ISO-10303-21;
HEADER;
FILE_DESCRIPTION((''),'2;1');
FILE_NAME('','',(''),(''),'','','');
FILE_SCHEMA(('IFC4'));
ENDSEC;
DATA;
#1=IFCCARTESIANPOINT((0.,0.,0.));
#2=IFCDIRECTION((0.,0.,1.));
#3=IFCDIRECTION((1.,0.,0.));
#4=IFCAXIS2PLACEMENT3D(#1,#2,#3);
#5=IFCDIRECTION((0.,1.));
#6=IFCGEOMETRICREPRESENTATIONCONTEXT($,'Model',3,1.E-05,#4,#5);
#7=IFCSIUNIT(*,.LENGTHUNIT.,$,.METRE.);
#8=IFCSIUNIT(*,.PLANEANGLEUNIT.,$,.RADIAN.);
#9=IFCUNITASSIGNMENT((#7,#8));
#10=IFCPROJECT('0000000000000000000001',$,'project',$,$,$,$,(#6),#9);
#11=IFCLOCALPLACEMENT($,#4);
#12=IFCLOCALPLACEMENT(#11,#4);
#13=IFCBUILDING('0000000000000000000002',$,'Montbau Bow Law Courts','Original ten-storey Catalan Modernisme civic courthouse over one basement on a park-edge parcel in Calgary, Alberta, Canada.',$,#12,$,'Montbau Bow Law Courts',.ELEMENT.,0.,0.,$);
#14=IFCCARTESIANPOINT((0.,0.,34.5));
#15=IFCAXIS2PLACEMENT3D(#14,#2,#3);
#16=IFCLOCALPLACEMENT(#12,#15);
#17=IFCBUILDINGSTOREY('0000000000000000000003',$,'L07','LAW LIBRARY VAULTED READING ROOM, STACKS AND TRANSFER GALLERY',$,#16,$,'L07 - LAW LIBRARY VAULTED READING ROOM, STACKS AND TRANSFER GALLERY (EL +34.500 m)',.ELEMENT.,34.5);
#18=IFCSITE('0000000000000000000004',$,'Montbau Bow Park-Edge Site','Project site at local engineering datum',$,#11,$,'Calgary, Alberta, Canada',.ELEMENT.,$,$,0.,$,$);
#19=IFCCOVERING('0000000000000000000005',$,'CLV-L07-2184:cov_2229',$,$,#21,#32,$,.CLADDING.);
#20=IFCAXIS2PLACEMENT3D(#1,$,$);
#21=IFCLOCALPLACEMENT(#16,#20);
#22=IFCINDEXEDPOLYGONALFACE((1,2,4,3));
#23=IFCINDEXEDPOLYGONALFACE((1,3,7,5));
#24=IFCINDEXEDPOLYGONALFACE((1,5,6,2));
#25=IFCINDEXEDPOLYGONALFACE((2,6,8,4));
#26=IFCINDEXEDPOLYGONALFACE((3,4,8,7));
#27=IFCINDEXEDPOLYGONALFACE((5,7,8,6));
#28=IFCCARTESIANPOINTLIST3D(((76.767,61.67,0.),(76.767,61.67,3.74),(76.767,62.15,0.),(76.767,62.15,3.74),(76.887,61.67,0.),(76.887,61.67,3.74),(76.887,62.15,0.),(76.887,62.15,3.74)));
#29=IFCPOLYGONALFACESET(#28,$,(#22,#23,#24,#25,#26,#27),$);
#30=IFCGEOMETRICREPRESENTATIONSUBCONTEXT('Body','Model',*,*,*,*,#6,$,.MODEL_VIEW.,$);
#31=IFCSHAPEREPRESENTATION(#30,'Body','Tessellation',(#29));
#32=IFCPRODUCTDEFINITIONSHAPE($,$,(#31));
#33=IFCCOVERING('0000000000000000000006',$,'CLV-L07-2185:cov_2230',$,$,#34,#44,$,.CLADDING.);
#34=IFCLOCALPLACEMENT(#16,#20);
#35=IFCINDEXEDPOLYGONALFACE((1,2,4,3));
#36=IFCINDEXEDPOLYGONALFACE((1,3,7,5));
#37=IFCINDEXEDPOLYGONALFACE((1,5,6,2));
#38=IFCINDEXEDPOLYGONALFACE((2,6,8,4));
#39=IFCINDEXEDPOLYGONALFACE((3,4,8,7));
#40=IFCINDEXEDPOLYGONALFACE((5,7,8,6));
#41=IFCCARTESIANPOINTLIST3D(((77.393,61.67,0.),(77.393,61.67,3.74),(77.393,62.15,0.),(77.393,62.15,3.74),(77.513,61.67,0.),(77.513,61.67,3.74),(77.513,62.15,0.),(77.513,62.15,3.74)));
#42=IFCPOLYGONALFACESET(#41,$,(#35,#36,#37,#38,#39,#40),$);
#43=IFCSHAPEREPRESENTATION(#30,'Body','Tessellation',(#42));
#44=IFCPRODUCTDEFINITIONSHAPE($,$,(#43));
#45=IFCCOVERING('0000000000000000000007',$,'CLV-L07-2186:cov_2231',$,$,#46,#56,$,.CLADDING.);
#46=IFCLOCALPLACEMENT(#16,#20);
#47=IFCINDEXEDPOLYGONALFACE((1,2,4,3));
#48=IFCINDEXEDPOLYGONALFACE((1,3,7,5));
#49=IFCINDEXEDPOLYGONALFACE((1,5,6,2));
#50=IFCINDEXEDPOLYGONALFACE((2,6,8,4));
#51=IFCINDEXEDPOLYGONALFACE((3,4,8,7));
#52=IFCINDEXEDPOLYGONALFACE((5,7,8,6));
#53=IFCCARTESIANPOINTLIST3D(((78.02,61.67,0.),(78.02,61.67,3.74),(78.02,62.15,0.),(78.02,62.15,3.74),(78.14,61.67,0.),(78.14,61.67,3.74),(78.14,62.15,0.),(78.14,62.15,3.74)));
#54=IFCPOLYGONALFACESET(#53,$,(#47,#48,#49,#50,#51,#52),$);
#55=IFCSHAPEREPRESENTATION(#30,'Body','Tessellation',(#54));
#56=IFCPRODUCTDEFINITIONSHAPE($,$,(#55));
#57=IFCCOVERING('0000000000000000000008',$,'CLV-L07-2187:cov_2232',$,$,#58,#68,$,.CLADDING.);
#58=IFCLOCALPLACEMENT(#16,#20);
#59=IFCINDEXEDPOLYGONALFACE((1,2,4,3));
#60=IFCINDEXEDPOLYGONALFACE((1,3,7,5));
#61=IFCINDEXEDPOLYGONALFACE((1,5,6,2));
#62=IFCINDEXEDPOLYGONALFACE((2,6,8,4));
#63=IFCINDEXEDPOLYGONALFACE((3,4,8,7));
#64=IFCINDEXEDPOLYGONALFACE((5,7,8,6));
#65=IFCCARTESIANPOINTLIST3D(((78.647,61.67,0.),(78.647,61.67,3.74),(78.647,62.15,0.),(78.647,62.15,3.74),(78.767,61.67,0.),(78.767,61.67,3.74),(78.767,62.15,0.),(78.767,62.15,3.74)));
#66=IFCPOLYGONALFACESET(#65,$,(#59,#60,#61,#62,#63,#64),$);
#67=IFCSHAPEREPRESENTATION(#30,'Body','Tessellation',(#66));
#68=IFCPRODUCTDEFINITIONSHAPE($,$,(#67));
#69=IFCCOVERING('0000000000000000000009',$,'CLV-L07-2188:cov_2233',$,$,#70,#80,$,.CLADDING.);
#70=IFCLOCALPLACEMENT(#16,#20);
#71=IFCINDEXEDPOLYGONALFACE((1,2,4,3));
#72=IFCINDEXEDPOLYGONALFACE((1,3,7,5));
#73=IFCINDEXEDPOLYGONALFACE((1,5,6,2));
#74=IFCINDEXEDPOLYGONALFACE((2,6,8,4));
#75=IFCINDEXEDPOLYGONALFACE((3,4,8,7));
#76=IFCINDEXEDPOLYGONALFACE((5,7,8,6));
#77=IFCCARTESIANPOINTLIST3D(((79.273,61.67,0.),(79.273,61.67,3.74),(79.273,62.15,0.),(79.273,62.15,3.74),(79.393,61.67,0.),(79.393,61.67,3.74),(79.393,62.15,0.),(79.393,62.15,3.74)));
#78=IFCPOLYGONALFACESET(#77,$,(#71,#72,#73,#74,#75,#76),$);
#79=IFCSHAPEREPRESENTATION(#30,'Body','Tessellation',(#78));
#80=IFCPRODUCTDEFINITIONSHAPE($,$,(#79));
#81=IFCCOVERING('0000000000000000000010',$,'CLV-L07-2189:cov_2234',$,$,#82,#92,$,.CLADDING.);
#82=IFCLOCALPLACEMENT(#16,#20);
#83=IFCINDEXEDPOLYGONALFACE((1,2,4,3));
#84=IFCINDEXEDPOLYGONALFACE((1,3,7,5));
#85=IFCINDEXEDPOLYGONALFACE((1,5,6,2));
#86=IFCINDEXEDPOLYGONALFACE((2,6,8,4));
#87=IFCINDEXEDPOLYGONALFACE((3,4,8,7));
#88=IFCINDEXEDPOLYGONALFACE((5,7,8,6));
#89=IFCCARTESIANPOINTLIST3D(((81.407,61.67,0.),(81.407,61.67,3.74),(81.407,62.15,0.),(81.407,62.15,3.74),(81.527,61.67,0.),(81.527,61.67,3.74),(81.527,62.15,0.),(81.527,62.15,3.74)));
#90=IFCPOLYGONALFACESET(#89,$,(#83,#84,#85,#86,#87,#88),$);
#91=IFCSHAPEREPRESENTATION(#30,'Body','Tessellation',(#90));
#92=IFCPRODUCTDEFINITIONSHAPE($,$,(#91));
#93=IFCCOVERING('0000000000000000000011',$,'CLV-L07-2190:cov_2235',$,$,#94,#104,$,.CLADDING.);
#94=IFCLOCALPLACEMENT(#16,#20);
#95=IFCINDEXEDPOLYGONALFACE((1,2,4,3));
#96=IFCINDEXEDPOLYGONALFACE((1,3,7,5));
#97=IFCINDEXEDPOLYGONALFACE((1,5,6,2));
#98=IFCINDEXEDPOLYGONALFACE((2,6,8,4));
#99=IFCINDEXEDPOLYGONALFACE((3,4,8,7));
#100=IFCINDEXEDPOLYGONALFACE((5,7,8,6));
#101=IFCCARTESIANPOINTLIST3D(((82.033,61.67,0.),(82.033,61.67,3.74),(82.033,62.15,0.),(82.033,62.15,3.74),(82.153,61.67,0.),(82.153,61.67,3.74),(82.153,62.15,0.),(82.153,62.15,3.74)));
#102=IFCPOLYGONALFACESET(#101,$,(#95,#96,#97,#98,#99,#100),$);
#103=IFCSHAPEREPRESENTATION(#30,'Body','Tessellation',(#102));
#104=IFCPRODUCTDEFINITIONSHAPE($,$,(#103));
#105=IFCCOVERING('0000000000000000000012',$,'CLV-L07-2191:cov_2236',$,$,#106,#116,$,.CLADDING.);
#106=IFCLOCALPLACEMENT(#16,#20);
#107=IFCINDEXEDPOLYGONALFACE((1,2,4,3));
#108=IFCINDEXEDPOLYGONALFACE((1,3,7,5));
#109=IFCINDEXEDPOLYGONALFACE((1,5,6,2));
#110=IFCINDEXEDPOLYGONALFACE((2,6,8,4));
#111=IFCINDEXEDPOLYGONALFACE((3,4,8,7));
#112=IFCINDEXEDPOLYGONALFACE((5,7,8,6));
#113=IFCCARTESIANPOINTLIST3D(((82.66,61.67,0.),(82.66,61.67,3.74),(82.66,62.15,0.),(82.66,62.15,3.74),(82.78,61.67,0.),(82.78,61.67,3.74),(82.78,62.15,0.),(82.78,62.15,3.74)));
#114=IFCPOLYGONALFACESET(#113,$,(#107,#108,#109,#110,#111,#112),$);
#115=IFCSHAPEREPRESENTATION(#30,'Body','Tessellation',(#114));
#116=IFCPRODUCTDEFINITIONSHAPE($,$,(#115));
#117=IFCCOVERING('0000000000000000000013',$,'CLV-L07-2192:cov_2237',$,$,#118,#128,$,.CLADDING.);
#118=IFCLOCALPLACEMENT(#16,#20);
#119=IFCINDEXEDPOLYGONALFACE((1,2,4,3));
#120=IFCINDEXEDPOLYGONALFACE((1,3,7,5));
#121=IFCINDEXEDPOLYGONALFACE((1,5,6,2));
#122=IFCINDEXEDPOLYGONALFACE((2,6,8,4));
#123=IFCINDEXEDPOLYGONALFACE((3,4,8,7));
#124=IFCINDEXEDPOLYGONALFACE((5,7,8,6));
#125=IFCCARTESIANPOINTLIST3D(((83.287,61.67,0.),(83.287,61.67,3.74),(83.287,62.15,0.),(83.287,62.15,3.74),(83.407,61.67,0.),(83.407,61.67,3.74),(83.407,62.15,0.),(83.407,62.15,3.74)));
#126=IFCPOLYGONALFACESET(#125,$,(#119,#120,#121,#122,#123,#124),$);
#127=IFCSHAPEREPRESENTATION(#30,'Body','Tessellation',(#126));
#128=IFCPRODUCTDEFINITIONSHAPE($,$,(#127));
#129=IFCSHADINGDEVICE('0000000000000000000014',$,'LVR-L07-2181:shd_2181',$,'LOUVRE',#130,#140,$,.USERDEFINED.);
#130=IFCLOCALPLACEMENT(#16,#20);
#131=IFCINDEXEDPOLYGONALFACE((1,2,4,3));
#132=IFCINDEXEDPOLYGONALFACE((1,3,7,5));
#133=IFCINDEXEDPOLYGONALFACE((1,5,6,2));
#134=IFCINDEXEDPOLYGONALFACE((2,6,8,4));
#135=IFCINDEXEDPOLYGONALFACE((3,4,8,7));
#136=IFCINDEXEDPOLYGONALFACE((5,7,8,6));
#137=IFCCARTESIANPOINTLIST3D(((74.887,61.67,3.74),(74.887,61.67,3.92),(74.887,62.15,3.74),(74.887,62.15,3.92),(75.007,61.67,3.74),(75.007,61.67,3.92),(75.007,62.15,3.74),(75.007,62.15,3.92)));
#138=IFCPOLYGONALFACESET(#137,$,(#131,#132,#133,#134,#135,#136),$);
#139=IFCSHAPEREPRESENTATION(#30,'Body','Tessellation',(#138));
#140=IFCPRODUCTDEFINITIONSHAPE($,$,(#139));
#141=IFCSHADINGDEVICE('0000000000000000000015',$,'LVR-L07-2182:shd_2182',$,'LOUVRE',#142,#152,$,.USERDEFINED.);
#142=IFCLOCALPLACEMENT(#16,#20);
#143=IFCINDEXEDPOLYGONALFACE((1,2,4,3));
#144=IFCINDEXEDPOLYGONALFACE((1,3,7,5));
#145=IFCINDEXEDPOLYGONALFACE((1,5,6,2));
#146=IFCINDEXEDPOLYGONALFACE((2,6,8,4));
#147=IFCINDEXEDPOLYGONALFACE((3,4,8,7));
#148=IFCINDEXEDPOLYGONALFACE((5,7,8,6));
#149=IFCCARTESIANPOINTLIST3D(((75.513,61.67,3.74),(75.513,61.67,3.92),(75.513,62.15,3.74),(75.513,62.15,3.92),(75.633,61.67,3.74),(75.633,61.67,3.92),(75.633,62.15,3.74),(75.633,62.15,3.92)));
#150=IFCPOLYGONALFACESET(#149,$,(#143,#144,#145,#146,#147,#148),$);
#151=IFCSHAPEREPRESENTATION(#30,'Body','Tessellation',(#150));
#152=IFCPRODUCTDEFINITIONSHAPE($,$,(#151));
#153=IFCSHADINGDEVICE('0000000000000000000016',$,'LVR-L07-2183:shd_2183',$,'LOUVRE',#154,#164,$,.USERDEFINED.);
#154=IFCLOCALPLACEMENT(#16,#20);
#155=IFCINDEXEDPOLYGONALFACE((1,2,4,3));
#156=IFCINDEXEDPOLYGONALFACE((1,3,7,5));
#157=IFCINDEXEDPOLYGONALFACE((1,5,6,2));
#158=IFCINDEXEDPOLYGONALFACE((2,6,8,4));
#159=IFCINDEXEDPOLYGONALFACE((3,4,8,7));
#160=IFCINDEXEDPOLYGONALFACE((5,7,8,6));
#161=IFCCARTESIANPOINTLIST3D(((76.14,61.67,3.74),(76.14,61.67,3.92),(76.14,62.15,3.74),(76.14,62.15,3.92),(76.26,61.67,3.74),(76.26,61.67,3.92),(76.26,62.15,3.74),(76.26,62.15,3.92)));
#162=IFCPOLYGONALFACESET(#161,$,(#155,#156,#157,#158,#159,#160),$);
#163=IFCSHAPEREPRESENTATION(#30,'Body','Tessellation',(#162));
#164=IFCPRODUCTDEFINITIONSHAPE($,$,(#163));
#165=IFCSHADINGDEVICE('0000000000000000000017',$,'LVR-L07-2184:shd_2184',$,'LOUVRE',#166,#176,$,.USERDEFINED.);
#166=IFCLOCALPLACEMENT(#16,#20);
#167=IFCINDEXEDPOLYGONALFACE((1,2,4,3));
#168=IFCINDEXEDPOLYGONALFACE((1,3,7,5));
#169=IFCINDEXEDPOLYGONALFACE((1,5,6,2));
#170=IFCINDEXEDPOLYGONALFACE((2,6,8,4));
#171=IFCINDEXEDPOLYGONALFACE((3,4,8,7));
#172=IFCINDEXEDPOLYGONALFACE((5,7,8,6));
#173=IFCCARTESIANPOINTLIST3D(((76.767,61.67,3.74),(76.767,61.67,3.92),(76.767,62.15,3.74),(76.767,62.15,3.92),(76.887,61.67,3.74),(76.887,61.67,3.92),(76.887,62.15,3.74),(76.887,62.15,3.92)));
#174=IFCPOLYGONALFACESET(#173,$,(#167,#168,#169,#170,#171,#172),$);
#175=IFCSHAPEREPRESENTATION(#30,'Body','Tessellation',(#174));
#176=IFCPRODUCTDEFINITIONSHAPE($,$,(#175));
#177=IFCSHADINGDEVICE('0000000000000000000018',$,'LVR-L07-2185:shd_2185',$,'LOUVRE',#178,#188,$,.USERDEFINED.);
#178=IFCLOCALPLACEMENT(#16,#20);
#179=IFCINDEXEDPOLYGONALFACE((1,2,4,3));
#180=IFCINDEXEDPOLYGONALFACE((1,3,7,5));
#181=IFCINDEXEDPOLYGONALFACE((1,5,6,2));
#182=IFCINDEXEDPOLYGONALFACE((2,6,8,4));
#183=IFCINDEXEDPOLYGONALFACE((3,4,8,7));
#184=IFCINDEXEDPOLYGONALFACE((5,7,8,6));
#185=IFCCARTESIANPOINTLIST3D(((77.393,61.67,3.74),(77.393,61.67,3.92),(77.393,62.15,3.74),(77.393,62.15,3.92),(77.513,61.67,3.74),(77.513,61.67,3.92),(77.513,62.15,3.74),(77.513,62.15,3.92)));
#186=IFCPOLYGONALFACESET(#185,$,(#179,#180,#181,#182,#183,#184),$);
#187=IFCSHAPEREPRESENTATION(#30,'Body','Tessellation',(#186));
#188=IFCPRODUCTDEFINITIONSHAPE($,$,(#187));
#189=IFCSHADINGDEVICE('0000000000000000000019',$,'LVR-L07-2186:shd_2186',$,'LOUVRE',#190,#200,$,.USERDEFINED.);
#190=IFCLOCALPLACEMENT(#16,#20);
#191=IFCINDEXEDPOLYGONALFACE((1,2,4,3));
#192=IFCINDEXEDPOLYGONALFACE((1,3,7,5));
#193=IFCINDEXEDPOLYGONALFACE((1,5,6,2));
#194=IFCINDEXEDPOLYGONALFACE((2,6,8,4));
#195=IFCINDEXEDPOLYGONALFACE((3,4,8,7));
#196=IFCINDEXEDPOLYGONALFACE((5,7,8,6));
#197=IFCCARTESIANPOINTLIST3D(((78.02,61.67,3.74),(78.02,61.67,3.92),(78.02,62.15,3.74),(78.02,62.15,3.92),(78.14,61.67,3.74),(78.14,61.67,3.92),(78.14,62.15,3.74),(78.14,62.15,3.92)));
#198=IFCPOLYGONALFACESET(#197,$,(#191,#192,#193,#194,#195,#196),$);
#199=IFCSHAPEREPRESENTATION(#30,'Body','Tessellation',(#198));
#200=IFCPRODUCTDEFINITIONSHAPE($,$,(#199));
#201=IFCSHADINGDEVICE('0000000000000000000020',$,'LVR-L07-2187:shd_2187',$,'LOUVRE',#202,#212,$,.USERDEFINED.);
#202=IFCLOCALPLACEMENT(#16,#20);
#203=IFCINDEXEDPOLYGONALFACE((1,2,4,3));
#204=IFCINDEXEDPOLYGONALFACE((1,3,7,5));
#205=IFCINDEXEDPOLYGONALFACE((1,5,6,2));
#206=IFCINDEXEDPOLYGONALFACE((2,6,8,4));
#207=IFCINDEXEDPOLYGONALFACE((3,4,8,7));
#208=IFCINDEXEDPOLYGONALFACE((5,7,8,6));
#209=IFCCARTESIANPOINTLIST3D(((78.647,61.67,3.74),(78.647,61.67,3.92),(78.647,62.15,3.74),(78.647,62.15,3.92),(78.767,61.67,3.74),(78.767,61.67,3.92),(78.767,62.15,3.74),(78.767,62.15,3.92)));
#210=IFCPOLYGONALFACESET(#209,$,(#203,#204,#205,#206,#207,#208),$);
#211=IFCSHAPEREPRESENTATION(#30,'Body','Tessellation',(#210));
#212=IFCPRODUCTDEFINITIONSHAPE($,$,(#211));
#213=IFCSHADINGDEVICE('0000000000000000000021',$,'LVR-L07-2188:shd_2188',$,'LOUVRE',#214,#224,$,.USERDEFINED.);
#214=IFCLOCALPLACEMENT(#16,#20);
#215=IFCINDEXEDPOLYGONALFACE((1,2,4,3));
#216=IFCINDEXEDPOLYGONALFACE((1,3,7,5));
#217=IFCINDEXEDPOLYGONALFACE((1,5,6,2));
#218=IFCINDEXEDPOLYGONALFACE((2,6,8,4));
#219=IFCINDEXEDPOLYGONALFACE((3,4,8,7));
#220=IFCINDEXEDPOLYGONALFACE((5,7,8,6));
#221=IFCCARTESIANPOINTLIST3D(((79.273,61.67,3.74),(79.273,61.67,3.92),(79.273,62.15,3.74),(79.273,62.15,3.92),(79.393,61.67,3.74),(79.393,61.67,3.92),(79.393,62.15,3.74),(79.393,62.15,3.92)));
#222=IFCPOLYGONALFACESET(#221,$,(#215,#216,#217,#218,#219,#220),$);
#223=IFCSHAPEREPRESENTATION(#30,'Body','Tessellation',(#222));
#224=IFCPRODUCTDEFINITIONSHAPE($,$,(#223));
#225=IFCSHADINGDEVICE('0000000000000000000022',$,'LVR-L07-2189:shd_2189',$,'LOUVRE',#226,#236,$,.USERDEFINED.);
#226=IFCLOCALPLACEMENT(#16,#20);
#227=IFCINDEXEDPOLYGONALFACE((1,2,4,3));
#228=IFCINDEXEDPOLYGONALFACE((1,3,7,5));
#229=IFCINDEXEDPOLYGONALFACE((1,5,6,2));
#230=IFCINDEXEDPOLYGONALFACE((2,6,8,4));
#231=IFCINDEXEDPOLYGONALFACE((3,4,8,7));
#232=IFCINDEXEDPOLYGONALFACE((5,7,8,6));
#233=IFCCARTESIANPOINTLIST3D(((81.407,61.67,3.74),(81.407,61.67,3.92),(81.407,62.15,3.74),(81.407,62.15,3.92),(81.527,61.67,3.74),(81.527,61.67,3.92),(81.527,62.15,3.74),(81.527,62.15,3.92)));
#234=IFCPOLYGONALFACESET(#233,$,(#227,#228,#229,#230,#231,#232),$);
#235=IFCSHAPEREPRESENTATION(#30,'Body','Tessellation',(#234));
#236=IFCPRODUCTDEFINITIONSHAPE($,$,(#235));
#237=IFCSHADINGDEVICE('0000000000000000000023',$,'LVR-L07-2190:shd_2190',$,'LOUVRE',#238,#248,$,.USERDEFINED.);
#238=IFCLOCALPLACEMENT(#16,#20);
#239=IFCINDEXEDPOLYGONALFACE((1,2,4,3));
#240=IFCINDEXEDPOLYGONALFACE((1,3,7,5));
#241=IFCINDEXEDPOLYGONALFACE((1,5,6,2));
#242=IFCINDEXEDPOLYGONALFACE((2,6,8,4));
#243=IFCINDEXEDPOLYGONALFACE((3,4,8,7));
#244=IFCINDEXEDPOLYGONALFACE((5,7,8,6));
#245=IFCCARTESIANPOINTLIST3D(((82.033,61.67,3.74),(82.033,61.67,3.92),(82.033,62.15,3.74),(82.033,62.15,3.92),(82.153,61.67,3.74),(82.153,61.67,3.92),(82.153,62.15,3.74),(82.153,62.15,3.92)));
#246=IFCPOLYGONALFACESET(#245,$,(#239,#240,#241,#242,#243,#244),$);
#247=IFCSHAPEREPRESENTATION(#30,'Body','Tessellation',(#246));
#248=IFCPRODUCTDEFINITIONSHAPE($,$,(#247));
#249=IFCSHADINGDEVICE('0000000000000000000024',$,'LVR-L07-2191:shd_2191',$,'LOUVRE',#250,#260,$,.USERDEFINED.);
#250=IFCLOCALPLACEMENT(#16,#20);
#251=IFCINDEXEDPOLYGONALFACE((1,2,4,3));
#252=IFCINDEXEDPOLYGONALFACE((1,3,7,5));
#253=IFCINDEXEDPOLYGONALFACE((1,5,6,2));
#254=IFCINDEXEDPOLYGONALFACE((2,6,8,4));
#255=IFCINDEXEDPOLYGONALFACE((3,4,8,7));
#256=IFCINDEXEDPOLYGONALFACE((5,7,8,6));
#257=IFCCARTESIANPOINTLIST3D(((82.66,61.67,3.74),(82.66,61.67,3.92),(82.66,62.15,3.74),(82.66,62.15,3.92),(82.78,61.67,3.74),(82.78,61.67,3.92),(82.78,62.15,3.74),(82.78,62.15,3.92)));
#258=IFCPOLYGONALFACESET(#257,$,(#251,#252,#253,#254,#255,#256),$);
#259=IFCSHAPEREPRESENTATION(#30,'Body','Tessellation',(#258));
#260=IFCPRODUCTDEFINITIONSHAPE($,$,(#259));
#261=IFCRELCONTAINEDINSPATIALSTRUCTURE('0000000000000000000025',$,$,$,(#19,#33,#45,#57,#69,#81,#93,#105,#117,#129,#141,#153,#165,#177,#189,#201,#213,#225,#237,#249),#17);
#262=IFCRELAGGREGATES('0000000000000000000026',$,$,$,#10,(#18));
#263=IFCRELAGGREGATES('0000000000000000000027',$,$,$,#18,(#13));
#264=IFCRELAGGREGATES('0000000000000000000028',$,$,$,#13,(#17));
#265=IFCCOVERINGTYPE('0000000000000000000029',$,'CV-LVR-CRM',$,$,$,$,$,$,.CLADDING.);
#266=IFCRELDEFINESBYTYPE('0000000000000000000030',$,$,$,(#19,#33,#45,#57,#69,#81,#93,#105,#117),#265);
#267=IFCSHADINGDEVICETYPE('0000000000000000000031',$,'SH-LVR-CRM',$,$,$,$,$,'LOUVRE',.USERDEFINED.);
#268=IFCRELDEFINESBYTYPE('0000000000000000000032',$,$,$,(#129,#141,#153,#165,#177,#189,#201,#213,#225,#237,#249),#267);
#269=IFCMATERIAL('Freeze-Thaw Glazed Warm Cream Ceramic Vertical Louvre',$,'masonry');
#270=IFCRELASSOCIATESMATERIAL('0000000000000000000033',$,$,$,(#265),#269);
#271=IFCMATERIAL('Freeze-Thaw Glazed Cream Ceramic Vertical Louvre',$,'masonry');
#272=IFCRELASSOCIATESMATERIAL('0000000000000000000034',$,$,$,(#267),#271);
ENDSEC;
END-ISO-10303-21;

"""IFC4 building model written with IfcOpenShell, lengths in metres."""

from ifc_helpers import new_model, si_unit, direction, frame, frame_2d, origin_with_axes, origin_2d_with_axis, place, context, subcontext, project, spatial, rectangle, extrude, material, type_object, element, save


model = new_model("IFC4")

# Units and contexts
model_context = context("Model", 3, precision=1e-05, world=origin_with_axes(), true_north=direction((0.0, 1.0)))
body_context = subcontext(model_context, "Body", "Model", "MODEL_VIEW")
ifc_project = project(units=[si_unit("LENGTHUNIT", "METRE"), si_unit("PLANEANGLEUNIT", "RADIAN")], contexts=[model_context])

# Site, building, storey
site_placement = place(None, origin_with_axes())
site = spatial("IfcSite", under=ifc_project, at=site_placement, Name="Montbau Bow Park-Edge Site", Description="Project site at local engineering datum", LongName="Calgary, Alberta, Canada", CompositionType="ELEMENT", RefElevation=0.0)
building_placement = place(site_placement, origin_with_axes())
building = spatial("IfcBuilding", under=site, at=building_placement, Name="Montbau Bow Law Courts", Description="Original ten-storey Catalan Modernisme civic courthouse over one basement on a park-edge parcel in Calgary, Alberta, Canada.", LongName="Montbau Bow Law Courts", CompositionType="ELEMENT", ElevationOfRefHeight=0.0, ElevationOfTerrain=0.0)
storey_placement = place(building_placement, frame((0.0, 0.0, 34.5), z_axis=(0.0, 0.0, 1.0), x_axis=(1.0, 0.0, 0.0)))
storey = spatial("IfcBuildingStorey", under=building, at=storey_placement, Name="L07", Description="LAW LIBRARY VAULTED READING ROOM, STACKS AND TRANSFER GALLERY", LongName="L07 - LAW LIBRARY VAULTED READING ROOM, STACKS AND TRANSFER GALLERY (EL +34.500 m)", CompositionType="ELEMENT", Elevation=34.5)

# Coverings
ifc_material_1 = material(Name="Freeze-Thaw Glazed Warm Cream Ceramic Vertical Louvre", Category="masonry")
covering_type = type_object("IfcCoveringType", Name="CV-LVR-CRM", PredefinedType="CLADDING", material=ifc_material_1)
for number, where, z_axis, x_axis, name in (
    (1, (76.827, 61.67, 34.5), (1.0, 0.0, 0.0), (0.0, 1.0, 0.0), "CLV-L07-2184:cov_2229"),
    (2, (77.453, 61.67, 34.5), (1.0, 0.0, 0.0), (0.0, 1.0, 0.0), "CLV-L07-2185:cov_2230"),
    (3, (78.08, 61.67, 34.5), (1.0, 0.0, 0.0), (0.0, 1.0, 0.0), "CLV-L07-2186:cov_2231"),
    (4, (78.707, 61.67, 34.5), (1.0, 0.0, 0.0), (0.0, 1.0, 0.0), "CLV-L07-2187:cov_2232"),
    (5, (79.333, 61.67, 34.5), (1.0, 0.0, 0.0), (0.0, 1.0, 0.0), "CLV-L07-2188:cov_2233"),
    (6, (81.467, 61.67, 34.5), (1.0, 0.0, 0.0), (0.0, 1.0, 0.0), "CLV-L07-2189:cov_2234"),
    (7, (82.093, 61.67, 34.5), (1.0, 0.0, 0.0), (0.0, 1.0, 0.0), "CLV-L07-2190:cov_2235"),
    (8, (82.72, 61.67, 34.5), (1.0, 0.0, 0.0), (0.0, 1.0, 0.0), "CLV-L07-2191:cov_2236"),
    (9, (83.347, 61.67, 34.5), (1.0, 0.0, 0.0), (0.0, 1.0, 0.0), "CLV-L07-2192:cov_2237"),
):
    element("IfcCovering", number, at=place(None, frame(where, z_axis=z_axis, x_axis=x_axis)), inside=storey, type_object=covering_type, Name=name, PredefinedType="CLADDING", context=body_context, shape_type="SweptSolid", body=[
        extrude(rectangle(XDim=0.48, YDim=3.74, at=frame_2d((0.24, 1.87), x_axis=(1.0, 0.0))), frame((0.0, 0.0, -0.06), z_axis=(0.0, 0.0, 1.0), x_axis=(1.0, 0.0, 0.0)), (0.0, 0.0, 1.0), 0.12),
    ])

# Shading devices
ifc_material_2 = material(Name="Freeze-Thaw Glazed Cream Ceramic Vertical Louvre", Category="masonry")
shading_device_type = type_object("IfcShadingDeviceType", Name="SH-LVR-CRM", ElementType="LOUVRE", PredefinedType="USERDEFINED", material=ifc_material_2)
for number, where, z_axis, x_axis, name in (
    (10, (74.947, 61.91, 38.24), (0.0, 0.0, 1.0), (0.0, 1.0, 0.0), "LVR-L07-2181:shd_2181"),
    (11, (75.573, 61.91, 38.24), (0.0, 0.0, 1.0), (0.0, 1.0, 0.0), "LVR-L07-2182:shd_2182"),
    (12, (76.2, 61.91, 38.24), (0.0, 0.0, 1.0), (0.0, 1.0, 0.0), "LVR-L07-2183:shd_2183"),
    (13, (76.827, 61.91, 38.24), (0.0, 0.0, 1.0), (0.0, 1.0, 0.0), "LVR-L07-2184:shd_2184"),
    (14, (77.453, 61.91, 38.24), (0.0, 0.0, 1.0), (0.0, 1.0, 0.0), "LVR-L07-2185:shd_2185"),
    (15, (78.08, 61.91, 38.24), (0.0, 0.0, 1.0), (0.0, 1.0, 0.0), "LVR-L07-2186:shd_2186"),
    (16, (78.707, 61.91, 38.24), (0.0, 0.0, 1.0), (0.0, 1.0, 0.0), "LVR-L07-2187:shd_2187"),
    (17, (79.333, 61.91, 38.24), (0.0, 0.0, 1.0), (0.0, 1.0, 0.0), "LVR-L07-2188:shd_2188"),
    (18, (81.467, 61.91, 38.24), (0.0, 0.0, 1.0), (0.0, 1.0, 0.0), "LVR-L07-2189:shd_2189"),
    (19, (82.093, 61.91, 38.24), (0.0, 0.0, 1.0), (0.0, 1.0, 0.0), "LVR-L07-2190:shd_2190"),
    (20, (82.72, 61.91, 38.24), (0.0, 0.0, 1.0), (0.0, 1.0, 0.0), "LVR-L07-2191:shd_2191"),
):
    element("IfcShadingDevice", number, at=place(None, frame(where, z_axis=z_axis, x_axis=x_axis)), inside=storey, type_object=shading_device_type, Name=name, ObjectType="LOUVRE", PredefinedType="USERDEFINED", context=body_context, shape_type="SweptSolid", body=[
        extrude(rectangle(XDim=0.48, YDim=0.12, at=origin_2d_with_axis()), origin_with_axes(), (0.0, 0.0, 1.0), 0.18),
    ])

save(model, "model.ifc")
